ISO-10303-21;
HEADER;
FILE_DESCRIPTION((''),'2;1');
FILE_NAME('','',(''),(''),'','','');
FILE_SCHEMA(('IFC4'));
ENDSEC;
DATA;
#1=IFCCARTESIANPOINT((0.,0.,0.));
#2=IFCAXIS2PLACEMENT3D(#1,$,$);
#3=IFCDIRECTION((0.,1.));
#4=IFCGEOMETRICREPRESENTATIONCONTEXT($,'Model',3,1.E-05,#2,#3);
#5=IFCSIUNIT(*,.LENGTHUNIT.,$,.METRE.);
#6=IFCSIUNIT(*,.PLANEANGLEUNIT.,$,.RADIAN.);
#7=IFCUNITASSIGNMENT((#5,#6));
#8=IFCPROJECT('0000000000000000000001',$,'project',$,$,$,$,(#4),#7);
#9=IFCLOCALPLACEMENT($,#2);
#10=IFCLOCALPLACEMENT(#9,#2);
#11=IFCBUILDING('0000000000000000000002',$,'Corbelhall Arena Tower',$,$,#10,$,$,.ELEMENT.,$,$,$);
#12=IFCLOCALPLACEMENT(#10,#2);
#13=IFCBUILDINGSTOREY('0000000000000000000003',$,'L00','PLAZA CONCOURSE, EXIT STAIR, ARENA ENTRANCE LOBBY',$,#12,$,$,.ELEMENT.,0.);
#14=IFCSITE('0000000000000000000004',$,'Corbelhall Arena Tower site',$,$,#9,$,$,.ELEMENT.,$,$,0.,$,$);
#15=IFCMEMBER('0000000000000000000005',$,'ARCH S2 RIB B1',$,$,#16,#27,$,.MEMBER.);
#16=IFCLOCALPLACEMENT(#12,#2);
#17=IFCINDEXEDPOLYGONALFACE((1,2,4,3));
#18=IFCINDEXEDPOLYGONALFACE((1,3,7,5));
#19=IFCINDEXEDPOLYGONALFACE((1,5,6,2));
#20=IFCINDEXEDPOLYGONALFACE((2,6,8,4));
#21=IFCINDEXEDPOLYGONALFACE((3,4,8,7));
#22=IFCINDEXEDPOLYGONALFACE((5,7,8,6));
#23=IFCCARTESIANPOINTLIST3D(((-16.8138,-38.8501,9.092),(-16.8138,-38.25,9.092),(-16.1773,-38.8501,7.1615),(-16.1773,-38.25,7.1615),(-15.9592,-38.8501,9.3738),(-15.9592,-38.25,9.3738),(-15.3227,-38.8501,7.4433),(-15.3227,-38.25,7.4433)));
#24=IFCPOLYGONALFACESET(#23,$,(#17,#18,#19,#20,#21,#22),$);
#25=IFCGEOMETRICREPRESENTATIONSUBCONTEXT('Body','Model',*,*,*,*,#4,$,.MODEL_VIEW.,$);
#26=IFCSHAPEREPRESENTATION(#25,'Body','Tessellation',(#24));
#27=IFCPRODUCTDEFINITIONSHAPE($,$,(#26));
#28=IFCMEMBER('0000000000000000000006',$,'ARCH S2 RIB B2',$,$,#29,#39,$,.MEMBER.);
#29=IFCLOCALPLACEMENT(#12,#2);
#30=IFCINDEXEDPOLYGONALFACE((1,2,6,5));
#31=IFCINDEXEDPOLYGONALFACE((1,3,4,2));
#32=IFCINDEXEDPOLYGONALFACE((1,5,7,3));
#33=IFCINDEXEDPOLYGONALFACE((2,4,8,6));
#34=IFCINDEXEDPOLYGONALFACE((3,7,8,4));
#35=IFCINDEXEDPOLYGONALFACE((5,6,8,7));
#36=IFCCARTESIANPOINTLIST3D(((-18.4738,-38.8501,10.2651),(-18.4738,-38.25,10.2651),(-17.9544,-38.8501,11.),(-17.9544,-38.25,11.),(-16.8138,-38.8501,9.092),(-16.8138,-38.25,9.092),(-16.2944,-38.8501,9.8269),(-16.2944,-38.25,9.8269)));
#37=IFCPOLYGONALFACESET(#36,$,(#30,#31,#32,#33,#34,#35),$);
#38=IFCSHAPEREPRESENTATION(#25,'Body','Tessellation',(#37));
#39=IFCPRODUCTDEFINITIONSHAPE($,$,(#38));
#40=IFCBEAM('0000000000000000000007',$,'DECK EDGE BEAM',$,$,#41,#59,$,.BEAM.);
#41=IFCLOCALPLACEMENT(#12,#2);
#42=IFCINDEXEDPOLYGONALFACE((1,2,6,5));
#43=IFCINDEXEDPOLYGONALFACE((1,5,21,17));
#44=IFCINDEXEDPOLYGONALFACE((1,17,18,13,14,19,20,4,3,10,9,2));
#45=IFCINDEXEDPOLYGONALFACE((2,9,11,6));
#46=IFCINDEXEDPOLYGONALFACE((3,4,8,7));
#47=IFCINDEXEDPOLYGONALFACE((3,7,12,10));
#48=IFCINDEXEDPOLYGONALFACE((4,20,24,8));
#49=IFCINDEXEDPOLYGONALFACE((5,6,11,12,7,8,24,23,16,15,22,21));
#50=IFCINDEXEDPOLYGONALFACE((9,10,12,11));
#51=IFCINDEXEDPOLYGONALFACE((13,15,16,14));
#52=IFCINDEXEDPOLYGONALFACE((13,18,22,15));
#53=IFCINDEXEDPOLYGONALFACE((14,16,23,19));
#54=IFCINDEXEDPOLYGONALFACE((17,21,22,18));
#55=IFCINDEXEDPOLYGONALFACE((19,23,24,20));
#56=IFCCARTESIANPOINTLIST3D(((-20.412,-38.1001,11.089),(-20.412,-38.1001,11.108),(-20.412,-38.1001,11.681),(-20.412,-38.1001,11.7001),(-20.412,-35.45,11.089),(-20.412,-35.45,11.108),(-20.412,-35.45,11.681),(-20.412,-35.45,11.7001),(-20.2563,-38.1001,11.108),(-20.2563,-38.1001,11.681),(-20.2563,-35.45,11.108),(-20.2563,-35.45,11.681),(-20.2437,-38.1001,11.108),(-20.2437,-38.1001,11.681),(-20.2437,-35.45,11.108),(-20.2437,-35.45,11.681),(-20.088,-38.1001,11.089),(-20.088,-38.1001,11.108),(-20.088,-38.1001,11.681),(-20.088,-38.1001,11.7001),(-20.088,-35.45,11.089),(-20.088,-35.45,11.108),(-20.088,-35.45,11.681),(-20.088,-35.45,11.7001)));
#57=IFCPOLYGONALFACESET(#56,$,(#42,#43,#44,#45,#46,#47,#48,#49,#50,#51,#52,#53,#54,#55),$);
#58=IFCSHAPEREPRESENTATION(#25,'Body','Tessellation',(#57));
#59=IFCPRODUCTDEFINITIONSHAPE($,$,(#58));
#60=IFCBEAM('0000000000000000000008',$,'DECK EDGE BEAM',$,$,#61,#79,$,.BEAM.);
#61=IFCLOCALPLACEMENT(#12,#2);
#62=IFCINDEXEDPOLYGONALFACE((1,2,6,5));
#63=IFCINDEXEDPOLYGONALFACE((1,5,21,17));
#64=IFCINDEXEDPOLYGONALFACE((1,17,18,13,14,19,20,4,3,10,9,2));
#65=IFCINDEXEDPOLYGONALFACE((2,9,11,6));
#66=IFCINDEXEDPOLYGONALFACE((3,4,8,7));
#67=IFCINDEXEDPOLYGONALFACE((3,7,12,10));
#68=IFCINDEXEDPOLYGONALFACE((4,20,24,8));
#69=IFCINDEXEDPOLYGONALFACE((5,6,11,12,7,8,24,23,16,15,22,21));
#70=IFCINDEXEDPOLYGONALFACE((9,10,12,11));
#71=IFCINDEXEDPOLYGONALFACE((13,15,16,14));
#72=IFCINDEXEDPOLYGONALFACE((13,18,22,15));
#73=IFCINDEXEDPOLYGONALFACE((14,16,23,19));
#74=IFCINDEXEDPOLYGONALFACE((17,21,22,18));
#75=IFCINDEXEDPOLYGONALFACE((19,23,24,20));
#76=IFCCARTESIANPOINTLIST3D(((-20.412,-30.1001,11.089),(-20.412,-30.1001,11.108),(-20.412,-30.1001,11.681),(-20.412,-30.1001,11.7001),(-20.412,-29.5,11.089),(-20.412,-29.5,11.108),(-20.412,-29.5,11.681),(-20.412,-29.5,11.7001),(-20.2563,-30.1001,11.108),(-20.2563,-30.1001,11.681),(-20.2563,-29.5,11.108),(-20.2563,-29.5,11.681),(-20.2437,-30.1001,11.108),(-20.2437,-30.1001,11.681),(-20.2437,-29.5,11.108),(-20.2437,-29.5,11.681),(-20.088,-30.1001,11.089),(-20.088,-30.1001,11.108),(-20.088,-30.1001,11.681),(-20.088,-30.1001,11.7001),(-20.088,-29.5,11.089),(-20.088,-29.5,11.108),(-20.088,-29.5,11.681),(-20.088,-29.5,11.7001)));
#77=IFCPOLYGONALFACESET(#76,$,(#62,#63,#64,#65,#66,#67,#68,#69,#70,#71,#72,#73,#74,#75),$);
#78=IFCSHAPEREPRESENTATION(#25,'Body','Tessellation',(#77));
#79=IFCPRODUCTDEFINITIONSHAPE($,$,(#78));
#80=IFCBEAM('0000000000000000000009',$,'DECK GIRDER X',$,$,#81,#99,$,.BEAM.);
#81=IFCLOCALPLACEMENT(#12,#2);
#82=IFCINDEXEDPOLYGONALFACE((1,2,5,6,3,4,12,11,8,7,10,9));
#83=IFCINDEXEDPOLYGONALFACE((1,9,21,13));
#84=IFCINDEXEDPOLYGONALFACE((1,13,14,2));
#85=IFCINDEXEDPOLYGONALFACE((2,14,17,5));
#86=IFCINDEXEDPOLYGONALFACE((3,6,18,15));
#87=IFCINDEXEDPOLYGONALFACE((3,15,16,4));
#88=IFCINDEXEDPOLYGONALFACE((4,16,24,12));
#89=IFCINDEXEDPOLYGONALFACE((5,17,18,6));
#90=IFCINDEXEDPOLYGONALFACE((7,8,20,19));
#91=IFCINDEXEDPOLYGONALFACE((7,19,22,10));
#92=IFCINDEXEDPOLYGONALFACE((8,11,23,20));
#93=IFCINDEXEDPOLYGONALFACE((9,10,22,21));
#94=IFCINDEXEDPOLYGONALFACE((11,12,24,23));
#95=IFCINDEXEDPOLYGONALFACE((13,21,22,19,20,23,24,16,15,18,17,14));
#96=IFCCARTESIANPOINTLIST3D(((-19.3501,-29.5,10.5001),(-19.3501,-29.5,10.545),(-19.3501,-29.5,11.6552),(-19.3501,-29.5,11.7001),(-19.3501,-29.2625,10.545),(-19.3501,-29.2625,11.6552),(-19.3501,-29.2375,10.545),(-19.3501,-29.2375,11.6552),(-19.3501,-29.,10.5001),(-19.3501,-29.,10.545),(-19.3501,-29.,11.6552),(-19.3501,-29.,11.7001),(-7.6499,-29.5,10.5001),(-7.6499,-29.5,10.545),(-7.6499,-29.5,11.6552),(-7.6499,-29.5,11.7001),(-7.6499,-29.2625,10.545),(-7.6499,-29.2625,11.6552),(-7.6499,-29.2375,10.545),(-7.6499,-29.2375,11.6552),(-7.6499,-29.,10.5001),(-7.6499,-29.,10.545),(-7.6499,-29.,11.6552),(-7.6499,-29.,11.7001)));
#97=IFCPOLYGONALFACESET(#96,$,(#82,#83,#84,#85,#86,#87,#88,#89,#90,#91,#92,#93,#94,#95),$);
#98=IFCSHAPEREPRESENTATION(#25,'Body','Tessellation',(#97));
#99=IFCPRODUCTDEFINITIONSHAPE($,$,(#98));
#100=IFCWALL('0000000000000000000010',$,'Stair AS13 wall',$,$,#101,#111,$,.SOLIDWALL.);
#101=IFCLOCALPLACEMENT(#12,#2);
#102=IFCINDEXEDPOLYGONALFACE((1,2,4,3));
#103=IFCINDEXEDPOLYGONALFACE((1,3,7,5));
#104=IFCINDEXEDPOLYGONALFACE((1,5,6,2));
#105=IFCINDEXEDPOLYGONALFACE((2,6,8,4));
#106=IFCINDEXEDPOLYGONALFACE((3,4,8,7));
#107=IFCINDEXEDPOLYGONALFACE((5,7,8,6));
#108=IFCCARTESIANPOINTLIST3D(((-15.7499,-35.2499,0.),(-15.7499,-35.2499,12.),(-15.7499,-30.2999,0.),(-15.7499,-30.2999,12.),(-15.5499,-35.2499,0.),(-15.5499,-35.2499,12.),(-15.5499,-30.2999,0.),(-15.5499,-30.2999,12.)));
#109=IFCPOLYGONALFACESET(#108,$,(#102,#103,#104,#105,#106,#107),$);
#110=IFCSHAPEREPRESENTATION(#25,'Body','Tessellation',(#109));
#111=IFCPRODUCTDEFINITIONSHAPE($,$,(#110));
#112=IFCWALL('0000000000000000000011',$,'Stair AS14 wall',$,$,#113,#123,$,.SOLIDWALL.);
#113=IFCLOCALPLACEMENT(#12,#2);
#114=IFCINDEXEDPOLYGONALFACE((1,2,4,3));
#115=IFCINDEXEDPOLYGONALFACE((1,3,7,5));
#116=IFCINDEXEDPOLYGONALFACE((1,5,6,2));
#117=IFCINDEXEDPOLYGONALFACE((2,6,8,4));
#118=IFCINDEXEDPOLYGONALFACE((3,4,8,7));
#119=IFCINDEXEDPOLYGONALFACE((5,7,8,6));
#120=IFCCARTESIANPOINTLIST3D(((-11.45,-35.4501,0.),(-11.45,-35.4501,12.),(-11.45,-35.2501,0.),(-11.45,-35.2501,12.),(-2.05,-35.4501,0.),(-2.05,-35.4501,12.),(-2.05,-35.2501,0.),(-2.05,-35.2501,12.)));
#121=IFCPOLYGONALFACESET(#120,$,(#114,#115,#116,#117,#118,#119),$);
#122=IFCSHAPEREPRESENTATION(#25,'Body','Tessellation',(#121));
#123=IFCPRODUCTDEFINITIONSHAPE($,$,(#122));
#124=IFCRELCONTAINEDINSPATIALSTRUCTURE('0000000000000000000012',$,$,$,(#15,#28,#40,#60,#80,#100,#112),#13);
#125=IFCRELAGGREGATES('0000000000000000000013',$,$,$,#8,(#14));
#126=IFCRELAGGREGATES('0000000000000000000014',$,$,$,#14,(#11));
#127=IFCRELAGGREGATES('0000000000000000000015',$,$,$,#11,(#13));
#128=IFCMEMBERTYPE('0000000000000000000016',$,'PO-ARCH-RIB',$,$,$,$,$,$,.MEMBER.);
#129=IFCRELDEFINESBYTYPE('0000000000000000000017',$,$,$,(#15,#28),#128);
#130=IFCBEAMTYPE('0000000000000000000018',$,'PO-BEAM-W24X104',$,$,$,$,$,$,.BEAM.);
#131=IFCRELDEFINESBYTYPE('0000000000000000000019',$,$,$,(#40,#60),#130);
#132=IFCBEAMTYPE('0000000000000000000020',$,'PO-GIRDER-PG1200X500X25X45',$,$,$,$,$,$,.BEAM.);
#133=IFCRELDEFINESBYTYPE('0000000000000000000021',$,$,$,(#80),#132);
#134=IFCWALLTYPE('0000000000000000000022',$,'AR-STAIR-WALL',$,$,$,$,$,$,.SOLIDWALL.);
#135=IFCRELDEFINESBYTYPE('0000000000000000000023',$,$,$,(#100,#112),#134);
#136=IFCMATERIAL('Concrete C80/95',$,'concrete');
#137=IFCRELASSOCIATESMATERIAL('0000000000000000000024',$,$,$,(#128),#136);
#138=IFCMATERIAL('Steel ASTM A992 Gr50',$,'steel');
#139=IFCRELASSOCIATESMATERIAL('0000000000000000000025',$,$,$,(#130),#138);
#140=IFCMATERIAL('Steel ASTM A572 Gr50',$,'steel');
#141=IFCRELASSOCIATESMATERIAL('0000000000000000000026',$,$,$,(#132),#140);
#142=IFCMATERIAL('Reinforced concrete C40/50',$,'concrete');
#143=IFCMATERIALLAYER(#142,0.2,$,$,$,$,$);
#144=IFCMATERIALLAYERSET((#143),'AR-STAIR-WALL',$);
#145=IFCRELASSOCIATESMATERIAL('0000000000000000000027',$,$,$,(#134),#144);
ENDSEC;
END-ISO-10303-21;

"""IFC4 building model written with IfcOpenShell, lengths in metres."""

from ifc_helpers import new_model, si_unit, direction, frame, frame_2d, origin, origin_2d, place, context, subcontext, project, spatial, rectangle, i_section, extrude, material, layer, layer_set, material_profile, profile_set, type_object, element, save


model = new_model("IFC4")

# Units and contexts
model_context = context("Model", 3, precision=1e-05, world=origin(), true_north=direction((0.0, 1.0)))
body_context = subcontext(model_context, "Body", "Model", "MODEL_VIEW")
ifc_project = project(units=[si_unit("LENGTHUNIT", "METRE"), si_unit("PLANEANGLEUNIT", "RADIAN")], contexts=[model_context])

# Site, building, storey
site_placement = place(None, origin())
site = spatial("IfcSite", under=ifc_project, at=site_placement, Name="Corbelhall Arena Tower site", CompositionType="ELEMENT", RefElevation=0.0)
building_placement = place(site_placement, origin())
building = spatial("IfcBuilding", under=site, at=building_placement, Name="Corbelhall Arena Tower", CompositionType="ELEMENT")
storey_placement = place(building_placement, origin())
storey = spatial("IfcBuildingStorey", under=building, at=storey_placement, Name="L00", Description="PLAZA CONCOURSE, EXIT STAIR, ARENA ENTRANCE LOBBY", CompositionType="ELEMENT", Elevation=0.0)

# Shared definitions
ifc_material_1 = material(Name="Concrete C80/95", Category="concrete")

# Members
ifc_material_profile_1 = material_profile(ifc_material_1, rectangle(XDim=0.6001, YDim=0.8999, at=origin_2d()))
ifc_profile_set_1 = profile_set([ifc_material_profile_1], Name="Concrete C80/95")
member_type = type_object("IfcMemberType", Name="PO-ARCH-RIB", PredefinedType="MEMBER", material=ifc_profile_set_1)
for number, where, z_axis, x_axis, name in (
    (1, (-16.3865, -38.55, 9.2329), (0.313127, 0.0, -0.949711), (0.0, 1.0, 0.0), "ARCH S2 RIB B1"),
    (2, (-18.2141, -38.55, 10.6326), (0.816645, 0.0, -0.577141), (0.0, 1.0, 0.0), "ARCH S2 RIB B2"),
):
    element("IfcMember", number, at=place(storey_placement, frame(where, z_axis=z_axis, x_axis=x_axis)), inside=storey, type_object=member_type, Name=name, PredefinedType="MEMBER", context=body_context, shape_type="SweptSolid", body=[
        extrude(rectangle(XDim=0.6001, YDim=0.8999, at=origin_2d()), origin(), (0.0, 0.0, 1.0), 2.0327),
    ])

# Beams
ifc_material_2 = material(Name="Steel ASTM A992 Gr50", Category="steel")
ifc_material_profile_2 = material_profile(ifc_material_2, i_section(OverallWidth=0.324, OverallDepth=0.6111, WebThickness=0.0127, FlangeThickness=0.019, at=origin_2d()))
ifc_profile_set_2 = profile_set([ifc_material_profile_2], Name="Steel ASTM A992 Gr50")
beam_type_1 = type_object("IfcBeamType", Name="PO-BEAM-W24X104", PredefinedType="BEAM", material=ifc_profile_set_2)
beam_1_placement = place(storey_placement, frame((-20.25, -35.45, 11.3945), z_axis=(0.0, -1.0, 0.0), x_axis=(1.0, 0.0, 0.0)))
element("IfcBeam", 3, at=beam_1_placement, inside=storey, type_object=beam_type_1, Name="DECK EDGE BEAM", PredefinedType="BEAM", context=body_context, shape_type="SweptSolid", body=[
    extrude(i_section(OverallWidth=0.324, OverallDepth=0.6111, WebThickness=0.0127, FlangeThickness=0.019, at=origin_2d()), origin(), (0.0, 0.0, 1.0), 2.6501),
])
beam_2_placement = place(storey_placement, frame((-20.25, -29.5, 11.3945), z_axis=(0.0, -1.0, 0.0), x_axis=(1.0, 0.0, 0.0)))
element("IfcBeam", 4, at=beam_2_placement, inside=storey, type_object=beam_type_1, Name="DECK EDGE BEAM", PredefinedType="BEAM", context=body_context, shape_type="SweptSolid", body=[
    extrude(i_section(OverallWidth=0.324, OverallDepth=0.6111, WebThickness=0.0127, FlangeThickness=0.019, at=origin_2d()), origin(), (0.0, 0.0, 1.0), 0.6001),
])
ifc_material_3 = material(Name="Steel ASTM A572 Gr50", Category="steel")
ifc_material_profile_3 = material_profile(ifc_material_3, i_section(OverallWidth=0.5, OverallDepth=1.2, WebThickness=0.0249, FlangeThickness=0.0449, at=origin_2d()))
ifc_profile_set_3 = profile_set([ifc_material_profile_3], Name="Steel ASTM A572 Gr50")
beam_type_2 = type_object("IfcBeamType", Name="PO-GIRDER-PG1200X500X25X45", PredefinedType="BEAM", material=ifc_profile_set_3)
beam_3_placement = place(storey_placement, frame((-19.3501, -29.25, 11.1001), z_axis=(1.0, 0.0, 0.0), x_axis=(0.0, 1.0, 0.0)))
element("IfcBeam", 5, at=beam_3_placement, inside=storey, type_object=beam_type_2, Name="DECK GIRDER X", PredefinedType="BEAM", context=body_context, shape_type="SweptSolid", body=[
    extrude(i_section(OverallWidth=0.5, OverallDepth=1.2, WebThickness=0.0249, FlangeThickness=0.0449, at=origin_2d()), origin(), (0.0, 0.0, 1.0), 11.7002),
])

# Walls
ifc_material_4 = material(Name="Reinforced concrete C40/50", Category="concrete")
ifc_layer = layer(ifc_material_4, 0.2)
ifc_layer_set = layer_set([ifc_layer], Name="AR-STAIR-WALL")
wall_type = type_object("IfcWallType", Name="AR-STAIR-WALL", PredefinedType="SOLIDWALL", material=ifc_layer_set)
wall_1_placement = place(storey_placement, frame((-15.6499, -35.25, 0.0), z_axis=(0.0, 0.0, 1.0), x_axis=(0.0, 1.0, 0.0)))
element("IfcWall", 6, at=wall_1_placement, inside=storey, type_object=wall_type, Name="Stair AS13 wall", PredefinedType="SOLIDWALL", context=body_context, shape_type="SweptSolid", body=[
    extrude(rectangle(XDim=4.95, YDim=0.2, at=frame_2d((2.4751, 0.0))), origin(), (0.0, 0.0, 1.0), 12.0),
])
wall_2_placement = place(storey_placement, frame((-11.45, -35.3501, 0.0), z_axis=(0.0, 0.0, 1.0), x_axis=(1.0, 0.0, 0.0)))
element("IfcWall", 7, at=wall_2_placement, inside=storey, type_object=wall_type, Name="Stair AS14 wall", PredefinedType="SOLIDWALL", context=body_context, shape_type="SweptSolid", body=[
    extrude(rectangle(XDim=9.3999, YDim=0.2, at=frame_2d((4.7, 0.0))), origin(), (0.0, 0.0, 1.0), 12.0),
])

save(model, "model.ifc")
